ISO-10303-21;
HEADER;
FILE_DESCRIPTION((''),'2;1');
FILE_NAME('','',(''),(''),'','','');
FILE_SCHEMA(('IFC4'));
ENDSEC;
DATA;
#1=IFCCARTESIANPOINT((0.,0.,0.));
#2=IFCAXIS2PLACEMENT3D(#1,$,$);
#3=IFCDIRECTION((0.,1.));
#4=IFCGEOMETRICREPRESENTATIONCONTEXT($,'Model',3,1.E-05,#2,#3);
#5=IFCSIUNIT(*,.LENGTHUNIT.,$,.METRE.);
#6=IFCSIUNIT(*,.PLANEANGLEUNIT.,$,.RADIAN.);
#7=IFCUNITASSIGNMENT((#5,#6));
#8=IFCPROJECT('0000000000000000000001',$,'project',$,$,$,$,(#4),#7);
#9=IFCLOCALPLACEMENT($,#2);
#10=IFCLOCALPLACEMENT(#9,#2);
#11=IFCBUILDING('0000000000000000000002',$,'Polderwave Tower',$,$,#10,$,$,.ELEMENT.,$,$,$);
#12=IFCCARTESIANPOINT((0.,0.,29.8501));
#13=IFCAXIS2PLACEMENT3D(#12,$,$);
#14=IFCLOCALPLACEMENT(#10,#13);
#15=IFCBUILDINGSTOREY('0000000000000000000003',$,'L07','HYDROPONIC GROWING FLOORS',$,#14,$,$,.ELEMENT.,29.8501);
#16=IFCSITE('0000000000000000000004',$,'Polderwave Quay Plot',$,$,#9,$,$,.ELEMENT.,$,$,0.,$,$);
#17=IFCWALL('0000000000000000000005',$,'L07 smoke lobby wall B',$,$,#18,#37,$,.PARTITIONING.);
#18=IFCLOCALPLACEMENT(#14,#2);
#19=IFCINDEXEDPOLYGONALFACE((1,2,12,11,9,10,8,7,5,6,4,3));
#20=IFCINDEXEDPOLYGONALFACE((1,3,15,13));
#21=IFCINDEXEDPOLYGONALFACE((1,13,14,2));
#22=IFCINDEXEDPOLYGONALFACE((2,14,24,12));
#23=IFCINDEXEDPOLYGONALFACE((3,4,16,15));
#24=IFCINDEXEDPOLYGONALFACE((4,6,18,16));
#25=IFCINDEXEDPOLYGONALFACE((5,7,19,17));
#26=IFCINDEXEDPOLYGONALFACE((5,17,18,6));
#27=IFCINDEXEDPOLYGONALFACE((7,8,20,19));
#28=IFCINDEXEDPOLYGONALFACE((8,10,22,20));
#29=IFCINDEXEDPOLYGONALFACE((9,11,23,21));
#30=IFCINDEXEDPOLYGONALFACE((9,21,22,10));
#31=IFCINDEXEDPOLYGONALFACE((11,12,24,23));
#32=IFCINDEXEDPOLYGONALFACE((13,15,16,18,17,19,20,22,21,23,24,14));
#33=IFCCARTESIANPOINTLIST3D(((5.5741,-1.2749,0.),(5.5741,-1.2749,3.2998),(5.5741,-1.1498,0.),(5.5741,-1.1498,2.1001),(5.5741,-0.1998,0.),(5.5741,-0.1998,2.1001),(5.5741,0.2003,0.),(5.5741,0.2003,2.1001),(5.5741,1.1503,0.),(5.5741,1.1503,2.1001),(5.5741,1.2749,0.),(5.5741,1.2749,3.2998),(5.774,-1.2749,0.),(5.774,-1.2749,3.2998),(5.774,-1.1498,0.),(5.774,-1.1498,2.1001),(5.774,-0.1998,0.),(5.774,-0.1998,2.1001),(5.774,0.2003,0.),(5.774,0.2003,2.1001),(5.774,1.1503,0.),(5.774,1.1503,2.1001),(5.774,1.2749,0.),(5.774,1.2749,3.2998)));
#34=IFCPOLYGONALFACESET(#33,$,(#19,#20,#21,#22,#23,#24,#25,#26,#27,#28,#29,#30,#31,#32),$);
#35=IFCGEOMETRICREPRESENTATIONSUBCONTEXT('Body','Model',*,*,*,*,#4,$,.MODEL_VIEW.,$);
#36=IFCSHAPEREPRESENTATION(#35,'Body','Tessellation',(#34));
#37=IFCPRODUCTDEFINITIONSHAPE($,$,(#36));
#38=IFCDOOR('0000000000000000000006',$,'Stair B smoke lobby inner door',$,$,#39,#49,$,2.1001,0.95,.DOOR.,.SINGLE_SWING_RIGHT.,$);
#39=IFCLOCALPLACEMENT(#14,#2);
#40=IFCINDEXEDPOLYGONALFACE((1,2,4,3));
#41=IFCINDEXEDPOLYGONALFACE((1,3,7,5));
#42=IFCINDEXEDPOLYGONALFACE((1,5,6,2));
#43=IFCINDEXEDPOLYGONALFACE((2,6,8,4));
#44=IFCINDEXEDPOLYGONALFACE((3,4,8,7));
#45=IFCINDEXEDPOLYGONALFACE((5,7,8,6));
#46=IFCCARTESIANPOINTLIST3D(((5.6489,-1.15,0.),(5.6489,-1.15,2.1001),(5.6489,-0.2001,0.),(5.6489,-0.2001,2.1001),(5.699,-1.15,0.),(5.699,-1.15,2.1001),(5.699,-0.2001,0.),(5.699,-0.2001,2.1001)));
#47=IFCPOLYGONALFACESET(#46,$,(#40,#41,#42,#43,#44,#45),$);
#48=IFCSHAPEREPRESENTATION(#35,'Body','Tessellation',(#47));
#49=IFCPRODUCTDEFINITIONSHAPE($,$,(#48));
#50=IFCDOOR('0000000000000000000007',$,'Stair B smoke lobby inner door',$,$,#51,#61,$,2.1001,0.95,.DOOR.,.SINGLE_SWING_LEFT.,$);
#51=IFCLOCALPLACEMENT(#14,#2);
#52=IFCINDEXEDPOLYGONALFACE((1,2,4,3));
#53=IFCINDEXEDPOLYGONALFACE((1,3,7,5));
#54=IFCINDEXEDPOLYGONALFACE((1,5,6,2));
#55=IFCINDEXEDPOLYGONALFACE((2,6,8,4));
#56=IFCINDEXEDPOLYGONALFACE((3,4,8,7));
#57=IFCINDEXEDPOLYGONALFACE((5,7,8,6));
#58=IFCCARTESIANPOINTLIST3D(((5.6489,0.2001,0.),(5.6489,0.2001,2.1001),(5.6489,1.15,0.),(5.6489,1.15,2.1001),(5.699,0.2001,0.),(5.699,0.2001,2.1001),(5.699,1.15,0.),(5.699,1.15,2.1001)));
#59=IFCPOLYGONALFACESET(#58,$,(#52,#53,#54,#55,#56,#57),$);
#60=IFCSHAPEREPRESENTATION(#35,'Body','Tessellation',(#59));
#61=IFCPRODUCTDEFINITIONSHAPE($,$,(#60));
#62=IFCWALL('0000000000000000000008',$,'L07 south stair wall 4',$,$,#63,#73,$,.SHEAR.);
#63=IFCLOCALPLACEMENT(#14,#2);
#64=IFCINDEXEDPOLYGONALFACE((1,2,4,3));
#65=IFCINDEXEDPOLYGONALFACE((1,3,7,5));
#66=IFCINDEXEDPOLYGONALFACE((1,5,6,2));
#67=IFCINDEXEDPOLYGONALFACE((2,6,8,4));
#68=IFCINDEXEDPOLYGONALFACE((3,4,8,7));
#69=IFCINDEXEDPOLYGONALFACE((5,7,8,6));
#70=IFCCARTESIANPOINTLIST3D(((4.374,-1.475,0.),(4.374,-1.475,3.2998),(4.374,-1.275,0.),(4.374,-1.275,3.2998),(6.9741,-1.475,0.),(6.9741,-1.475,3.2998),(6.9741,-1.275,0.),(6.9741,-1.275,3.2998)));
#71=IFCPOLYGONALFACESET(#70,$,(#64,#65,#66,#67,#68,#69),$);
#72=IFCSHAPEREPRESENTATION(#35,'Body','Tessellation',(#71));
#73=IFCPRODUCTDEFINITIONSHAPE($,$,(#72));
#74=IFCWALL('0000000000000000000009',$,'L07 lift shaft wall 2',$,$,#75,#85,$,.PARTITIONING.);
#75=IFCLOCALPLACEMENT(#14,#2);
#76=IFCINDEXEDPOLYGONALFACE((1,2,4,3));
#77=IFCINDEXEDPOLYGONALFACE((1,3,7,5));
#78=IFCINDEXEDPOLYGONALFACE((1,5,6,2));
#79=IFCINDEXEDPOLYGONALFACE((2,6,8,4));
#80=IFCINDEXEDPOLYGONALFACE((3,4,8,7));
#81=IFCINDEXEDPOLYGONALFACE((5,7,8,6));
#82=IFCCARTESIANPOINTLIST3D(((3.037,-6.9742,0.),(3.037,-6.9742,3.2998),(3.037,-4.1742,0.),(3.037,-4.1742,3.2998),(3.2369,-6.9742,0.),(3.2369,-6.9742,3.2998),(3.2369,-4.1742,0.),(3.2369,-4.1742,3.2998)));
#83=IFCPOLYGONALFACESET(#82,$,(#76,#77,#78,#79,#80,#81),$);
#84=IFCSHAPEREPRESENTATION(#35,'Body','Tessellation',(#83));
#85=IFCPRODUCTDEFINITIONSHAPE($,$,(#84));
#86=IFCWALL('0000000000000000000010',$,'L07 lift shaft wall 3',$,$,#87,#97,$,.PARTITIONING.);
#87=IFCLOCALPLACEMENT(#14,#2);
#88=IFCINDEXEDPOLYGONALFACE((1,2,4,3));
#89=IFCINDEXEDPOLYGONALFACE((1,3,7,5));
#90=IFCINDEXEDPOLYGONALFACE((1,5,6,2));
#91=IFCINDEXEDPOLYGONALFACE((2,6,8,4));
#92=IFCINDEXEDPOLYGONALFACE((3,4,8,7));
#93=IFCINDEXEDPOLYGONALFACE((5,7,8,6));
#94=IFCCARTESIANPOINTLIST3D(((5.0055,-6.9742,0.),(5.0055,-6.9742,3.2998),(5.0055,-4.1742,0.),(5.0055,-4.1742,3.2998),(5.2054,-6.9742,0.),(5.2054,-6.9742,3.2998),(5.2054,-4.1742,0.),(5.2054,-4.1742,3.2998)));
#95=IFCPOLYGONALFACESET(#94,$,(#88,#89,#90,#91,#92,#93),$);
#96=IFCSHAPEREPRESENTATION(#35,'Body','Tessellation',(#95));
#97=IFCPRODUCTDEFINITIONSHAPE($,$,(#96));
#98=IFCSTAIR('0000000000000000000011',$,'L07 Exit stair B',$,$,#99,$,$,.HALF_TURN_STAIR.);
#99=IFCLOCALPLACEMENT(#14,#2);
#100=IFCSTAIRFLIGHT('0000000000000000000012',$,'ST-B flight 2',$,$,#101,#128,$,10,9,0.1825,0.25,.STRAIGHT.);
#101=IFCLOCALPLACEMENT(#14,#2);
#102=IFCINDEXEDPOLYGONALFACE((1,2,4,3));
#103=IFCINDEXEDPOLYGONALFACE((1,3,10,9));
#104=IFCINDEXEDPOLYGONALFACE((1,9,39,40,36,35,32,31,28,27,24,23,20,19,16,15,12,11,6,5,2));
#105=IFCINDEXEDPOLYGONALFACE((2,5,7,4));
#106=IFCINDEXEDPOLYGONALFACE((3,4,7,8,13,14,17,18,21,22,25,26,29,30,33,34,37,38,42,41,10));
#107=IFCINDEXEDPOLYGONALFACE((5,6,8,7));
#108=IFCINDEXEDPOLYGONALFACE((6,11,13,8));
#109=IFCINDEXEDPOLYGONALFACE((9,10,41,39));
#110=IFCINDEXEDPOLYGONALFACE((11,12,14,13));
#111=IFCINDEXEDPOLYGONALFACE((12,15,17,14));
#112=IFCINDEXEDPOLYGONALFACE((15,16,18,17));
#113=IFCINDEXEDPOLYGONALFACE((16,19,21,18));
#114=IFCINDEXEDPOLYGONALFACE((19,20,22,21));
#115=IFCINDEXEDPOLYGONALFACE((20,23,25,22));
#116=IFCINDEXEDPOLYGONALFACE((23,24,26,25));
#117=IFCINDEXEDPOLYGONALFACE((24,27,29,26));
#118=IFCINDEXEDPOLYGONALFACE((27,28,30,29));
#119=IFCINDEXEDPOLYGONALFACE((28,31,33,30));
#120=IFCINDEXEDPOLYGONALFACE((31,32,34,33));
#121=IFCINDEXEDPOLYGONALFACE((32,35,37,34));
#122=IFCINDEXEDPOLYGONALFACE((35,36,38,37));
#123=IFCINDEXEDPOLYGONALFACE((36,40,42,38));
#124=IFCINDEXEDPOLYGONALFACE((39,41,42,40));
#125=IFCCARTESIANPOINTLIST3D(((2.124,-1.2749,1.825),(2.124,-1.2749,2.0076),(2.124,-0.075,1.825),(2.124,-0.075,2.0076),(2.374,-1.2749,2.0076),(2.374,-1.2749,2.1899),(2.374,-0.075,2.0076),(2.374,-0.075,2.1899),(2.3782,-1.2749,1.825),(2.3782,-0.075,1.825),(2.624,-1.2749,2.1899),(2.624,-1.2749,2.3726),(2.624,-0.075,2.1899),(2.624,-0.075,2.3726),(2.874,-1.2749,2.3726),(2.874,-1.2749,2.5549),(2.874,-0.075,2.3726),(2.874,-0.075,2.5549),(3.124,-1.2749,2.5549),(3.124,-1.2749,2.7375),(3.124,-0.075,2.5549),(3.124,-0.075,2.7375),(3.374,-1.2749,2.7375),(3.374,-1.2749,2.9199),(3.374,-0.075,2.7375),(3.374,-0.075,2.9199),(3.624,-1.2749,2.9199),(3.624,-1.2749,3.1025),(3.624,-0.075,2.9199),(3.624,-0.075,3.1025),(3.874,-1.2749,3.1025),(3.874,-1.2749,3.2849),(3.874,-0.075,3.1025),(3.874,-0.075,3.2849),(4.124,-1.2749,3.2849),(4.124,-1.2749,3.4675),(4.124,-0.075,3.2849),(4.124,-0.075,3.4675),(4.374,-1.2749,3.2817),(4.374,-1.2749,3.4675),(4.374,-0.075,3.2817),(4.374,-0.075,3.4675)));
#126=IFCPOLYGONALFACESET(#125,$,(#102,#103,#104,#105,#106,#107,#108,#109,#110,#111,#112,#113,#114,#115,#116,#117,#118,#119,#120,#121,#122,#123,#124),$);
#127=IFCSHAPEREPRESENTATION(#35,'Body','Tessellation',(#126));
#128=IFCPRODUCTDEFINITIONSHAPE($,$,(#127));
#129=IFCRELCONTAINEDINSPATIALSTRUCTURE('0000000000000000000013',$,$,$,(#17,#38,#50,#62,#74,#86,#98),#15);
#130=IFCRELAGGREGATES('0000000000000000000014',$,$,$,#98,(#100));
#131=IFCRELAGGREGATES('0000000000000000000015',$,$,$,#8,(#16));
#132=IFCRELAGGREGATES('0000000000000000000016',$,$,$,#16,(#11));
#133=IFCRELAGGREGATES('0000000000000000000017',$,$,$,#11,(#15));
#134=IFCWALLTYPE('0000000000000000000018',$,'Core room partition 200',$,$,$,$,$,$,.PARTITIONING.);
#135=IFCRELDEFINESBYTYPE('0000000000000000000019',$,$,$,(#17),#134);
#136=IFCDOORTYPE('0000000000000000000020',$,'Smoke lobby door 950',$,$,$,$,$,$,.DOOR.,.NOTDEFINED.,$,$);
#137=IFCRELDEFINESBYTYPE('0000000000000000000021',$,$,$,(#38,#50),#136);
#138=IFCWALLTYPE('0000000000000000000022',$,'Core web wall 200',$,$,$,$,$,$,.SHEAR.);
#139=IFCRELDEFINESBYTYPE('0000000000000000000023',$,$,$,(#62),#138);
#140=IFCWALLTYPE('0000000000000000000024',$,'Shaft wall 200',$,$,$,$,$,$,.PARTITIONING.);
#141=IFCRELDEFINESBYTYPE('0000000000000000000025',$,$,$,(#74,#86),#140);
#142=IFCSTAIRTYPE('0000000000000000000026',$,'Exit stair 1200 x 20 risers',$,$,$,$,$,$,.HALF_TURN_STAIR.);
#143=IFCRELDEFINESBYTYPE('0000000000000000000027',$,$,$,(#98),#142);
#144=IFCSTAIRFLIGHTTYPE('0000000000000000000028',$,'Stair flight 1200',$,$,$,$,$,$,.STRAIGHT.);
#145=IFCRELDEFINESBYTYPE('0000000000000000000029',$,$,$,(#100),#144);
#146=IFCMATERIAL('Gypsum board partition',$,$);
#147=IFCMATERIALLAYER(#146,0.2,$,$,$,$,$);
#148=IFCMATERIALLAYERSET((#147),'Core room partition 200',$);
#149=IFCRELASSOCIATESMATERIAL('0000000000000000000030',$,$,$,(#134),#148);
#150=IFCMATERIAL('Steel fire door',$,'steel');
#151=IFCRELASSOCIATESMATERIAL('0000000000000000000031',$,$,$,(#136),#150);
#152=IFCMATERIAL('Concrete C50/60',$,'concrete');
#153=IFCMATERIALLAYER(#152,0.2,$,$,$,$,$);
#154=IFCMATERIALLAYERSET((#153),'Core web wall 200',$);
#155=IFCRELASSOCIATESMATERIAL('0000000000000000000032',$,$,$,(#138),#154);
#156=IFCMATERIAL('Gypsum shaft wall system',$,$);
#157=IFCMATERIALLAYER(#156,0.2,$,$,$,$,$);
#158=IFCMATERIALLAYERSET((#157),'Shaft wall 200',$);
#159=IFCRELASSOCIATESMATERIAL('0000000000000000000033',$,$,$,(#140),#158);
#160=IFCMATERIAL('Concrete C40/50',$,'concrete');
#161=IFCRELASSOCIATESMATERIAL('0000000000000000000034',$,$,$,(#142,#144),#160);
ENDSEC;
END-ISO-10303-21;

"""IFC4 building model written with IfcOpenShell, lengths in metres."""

from ifc_helpers import new_model, si_unit, direction, frame, frame_2d, origin, place, context, subcontext, project, spatial, polyline, rectangle, outline, extrude, material, layer, layer_set, type_object, element, fill, aggregate, save


model = new_model("IFC4")

# Units and contexts
model_context = context("Model", 3, precision=1e-05, world=origin(), true_north=direction((0.0, 1.0)))
body_context = subcontext(model_context, "Body", "Model", "MODEL_VIEW")
ifc_project = project(units=[si_unit("LENGTHUNIT", "METRE"), si_unit("PLANEANGLEUNIT", "RADIAN")], contexts=[model_context])

# Site, building, storey
site_placement = place(None, origin())
site = spatial("IfcSite", under=ifc_project, at=site_placement, Name="Polderwave Quay Plot", CompositionType="ELEMENT", RefElevation=0.0)
building_placement = place(site_placement, origin())
building = spatial("IfcBuilding", under=site, at=building_placement, Name="Polderwave Tower", CompositionType="ELEMENT")
storey_placement = place(building_placement, frame((0.0, 0.0, 29.8501)))
storey = spatial("IfcBuildingStorey", under=building, at=storey_placement, Name="L07", Description="HYDROPONIC GROWING FLOORS", CompositionType="ELEMENT", Elevation=29.8501)

# Wall, openings, doors
ifc_material_1 = material(Name="Gypsum board partition")
ifc_layer_1 = layer(ifc_material_1, 0.2)
ifc_layer_set_1 = layer_set([ifc_layer_1], Name="Core room partition 200")
wall_type_1 = type_object("IfcWallType", Name="Core room partition 200", PredefinedType="PARTITIONING", material=ifc_layer_set_1)
wall_1_placement = place(storey_placement, frame((5.6741, -1.2749, 0.0), z_axis=(0.0, 0.0, 1.0), x_axis=(0.0, 1.0, 0.0)))
wall_1 = element("IfcWall", 1, at=wall_1_placement, inside=storey, type_object=wall_type_1, Name="L07 smoke lobby wall B", PredefinedType="PARTITIONING", context=body_context, shape_type="SweptSolid", body=[
    extrude(rectangle(XDim=2.5498, YDim=0.2, at=frame_2d((1.2749, 0.0))), origin(), (0.0, 0.0, 1.0), 3.2998),
])
opening_1_placement = place(wall_1_placement, frame((0.125, 0.0, 0.0)))
opening_1 = element("IfcOpeningElement", 2, at=opening_1_placement, cuts=wall_1, PredefinedType="OPENING", context=body_context, shape_type="SweptSolid", body=[
    extrude(rectangle(XDim=0.95, YDim=2.1001, at=frame_2d((0.4751, 1.05))), frame((0.0, 0.1099, 0.0), z_axis=(0.0, -1.0, 0.0), x_axis=(1.0, 0.0, 0.0)), (0.0, 0.0, 1.0), 0.22),
])
opening_2_placement = place(wall_1_placement, frame((1.4751, 0.0, 0.0)))
opening_2 = element("IfcOpeningElement", 3, at=opening_2_placement, cuts=wall_1, PredefinedType="OPENING", context=body_context, shape_type="SweptSolid", body=[
    extrude(rectangle(XDim=0.95, YDim=2.1001, at=frame_2d((0.4751, 1.05))), frame((0.0, 0.1099, 0.0), z_axis=(0.0, -1.0, 0.0), x_axis=(1.0, 0.0, 0.0)), (0.0, 0.0, 1.0), 0.22),
])
ifc_material_2 = material(Name="Steel fire door", Category="steel")
door_type = type_object("IfcDoorType", Name="Smoke lobby door 950", OperationType="NOTDEFINED", PredefinedType="DOOR", material=ifc_material_2)
door_1_placement = place(opening_1_placement, frame((0.95, 0.0, 0.0), z_axis=(0.0, 0.0, 1.0), x_axis=(-1.0, 0.0, 0.0)))
door_1 = element("IfcDoor", 4, at=door_1_placement, inside=storey, type_object=door_type, Name="Stair B smoke lobby inner door", OperationType="SINGLE_SWING_RIGHT", OverallHeight=2.1001, OverallWidth=0.95, PredefinedType="DOOR", context=body_context, shape_type="SweptSolid", body=[
    extrude(rectangle(XDim=0.95, YDim=2.1001, at=frame_2d((0.4751, 1.05))), frame((0.0, 0.0249, 0.0), z_axis=(0.0, -1.0, 0.0), x_axis=(1.0, 0.0, 0.0)), (0.0, 0.0, 1.0), 0.05),
])
fill(opening_1, door_1)
door_2_placement = place(opening_2_placement, frame((0.95, 0.0, 0.0), z_axis=(0.0, 0.0, 1.0), x_axis=(-1.0, 0.0, 0.0)))
door_2 = element("IfcDoor", 5, at=door_2_placement, inside=storey, type_object=door_type, Name="Stair B smoke lobby inner door", OperationType="SINGLE_SWING_LEFT", OverallHeight=2.1001, OverallWidth=0.95, PredefinedType="DOOR", context=body_context, shape_type="SweptSolid", body=[
    extrude(rectangle(XDim=0.95, YDim=2.1001, at=frame_2d((0.4751, 1.05))), frame((0.0, 0.0249, 0.0), z_axis=(0.0, -1.0, 0.0), x_axis=(1.0, 0.0, 0.0)), (0.0, 0.0, 1.0), 0.05),
])
fill(opening_2, door_2)

# Walls
ifc_material_3 = material(Name="Concrete C50/60", Category="concrete")
ifc_layer_2 = layer(ifc_material_3, 0.2)
ifc_layer_set_2 = layer_set([ifc_layer_2], Name="Core web wall 200")
wall_type_2 = type_object("IfcWallType", Name="Core web wall 200", PredefinedType="SHEAR", material=ifc_layer_set_2)
wall_2_placement = place(storey_placement, frame((4.374, -1.375, 0.0), z_axis=(0.0, 0.0, 1.0), x_axis=(1.0, 0.0, 0.0)))
element("IfcWall", 6, at=wall_2_placement, inside=storey, type_object=wall_type_2, Name="L07 south stair wall 4", PredefinedType="SHEAR", context=body_context, shape_type="SweptSolid", body=[
    extrude(rectangle(XDim=2.6001, YDim=0.2, at=frame_2d((1.3, 0.0))), origin(), (0.0, 0.0, 1.0), 3.2998),
])
ifc_material_4 = material(Name="Gypsum shaft wall system")
ifc_layer_3 = layer(ifc_material_4, 0.2)
ifc_layer_set_3 = layer_set([ifc_layer_3], Name="Shaft wall 200")
wall_type_3 = type_object("IfcWallType", Name="Shaft wall 200", PredefinedType="PARTITIONING", material=ifc_layer_set_3)
for number, where, z_axis, x_axis, name in (
    (7, (3.137, -6.9741, 0.0), (0.0, 0.0, 1.0), (0.0, 1.0, 0.0), "L07 lift shaft wall 2"),
    (8, (5.1055, -6.9741, 0.0), (0.0, 0.0, 1.0), (0.0, 1.0, 0.0), "L07 lift shaft wall 3"),
):
    element("IfcWall", number, at=place(storey_placement, frame(where, z_axis=z_axis, x_axis=x_axis)), inside=storey, type_object=wall_type_3, Name=name, PredefinedType="PARTITIONING", context=body_context, shape_type="SweptSolid", body=[
        extrude(rectangle(XDim=2.8, YDim=0.2, at=frame_2d((1.3999, 0.0))), origin(), (0.0, 0.0, 1.0), 3.2998),
    ])

# Stair, stair flight
ifc_material_5 = material(Name="Concrete C40/50", Category="concrete")
stair_type = type_object("IfcStairType", Name="Exit stair 1200 x 20 risers", PredefinedType="HALF_TURN_STAIR", material=ifc_material_5)
stair_placement = place(storey_placement, origin())
stair = element("IfcStair", 9, at=stair_placement, inside=storey, type_object=stair_type, Name="L07 Exit stair B", PredefinedType="HALF_TURN_STAIR")
stair_flight_type = type_object("IfcStairFlightType", Name="Stair flight 1200", PredefinedType="STRAIGHT", material=ifc_material_5)
stair_flight_placement = place(storey_placement, frame((2.124, -0.675, 1.825), z_axis=(0.0, 0.0, 1.0), x_axis=(1.0, 0.0, 0.0)))
stair_flight = element("IfcStairFlight", 10, at=stair_flight_placement, type_object=stair_flight_type, Name="ST-B flight 2", NumberOfRisers=10, NumberOfTreads=9, PredefinedType="STRAIGHT", RiserHeight=0.1825, TreadLength=0.25, context=body_context, shape_type="SweptSolid", body=[
    extrude(outline(polyline([(0.0, 0.0), (0.0, 0.1826), (0.25, 0.1826), (0.25, 0.365), (0.5, 0.365), (0.5, 0.5476), (0.75, 0.5476), (0.75, 0.73), (1.0, 0.73), (1.0, 0.9126), (1.25, 0.9126), (1.25, 1.095), (1.5, 1.095), (1.5, 1.2776), (1.75, 1.2776), (1.75, 1.46), (2.0, 1.46), (2.0, 1.6426), (2.25, 1.6426), (2.25, 1.825), (2.25, 1.4568), (0.2542, 0.0), (0.0, 0.0)])), frame((0.0, 0.6001, 0.0), z_axis=(0.0, -1.0, 0.0), x_axis=(1.0, 0.0, 0.0)), (0.0, 0.0, 1.0), 1.2),
])
aggregate(stair, [stair_flight])

save(model, "model.ifc")
